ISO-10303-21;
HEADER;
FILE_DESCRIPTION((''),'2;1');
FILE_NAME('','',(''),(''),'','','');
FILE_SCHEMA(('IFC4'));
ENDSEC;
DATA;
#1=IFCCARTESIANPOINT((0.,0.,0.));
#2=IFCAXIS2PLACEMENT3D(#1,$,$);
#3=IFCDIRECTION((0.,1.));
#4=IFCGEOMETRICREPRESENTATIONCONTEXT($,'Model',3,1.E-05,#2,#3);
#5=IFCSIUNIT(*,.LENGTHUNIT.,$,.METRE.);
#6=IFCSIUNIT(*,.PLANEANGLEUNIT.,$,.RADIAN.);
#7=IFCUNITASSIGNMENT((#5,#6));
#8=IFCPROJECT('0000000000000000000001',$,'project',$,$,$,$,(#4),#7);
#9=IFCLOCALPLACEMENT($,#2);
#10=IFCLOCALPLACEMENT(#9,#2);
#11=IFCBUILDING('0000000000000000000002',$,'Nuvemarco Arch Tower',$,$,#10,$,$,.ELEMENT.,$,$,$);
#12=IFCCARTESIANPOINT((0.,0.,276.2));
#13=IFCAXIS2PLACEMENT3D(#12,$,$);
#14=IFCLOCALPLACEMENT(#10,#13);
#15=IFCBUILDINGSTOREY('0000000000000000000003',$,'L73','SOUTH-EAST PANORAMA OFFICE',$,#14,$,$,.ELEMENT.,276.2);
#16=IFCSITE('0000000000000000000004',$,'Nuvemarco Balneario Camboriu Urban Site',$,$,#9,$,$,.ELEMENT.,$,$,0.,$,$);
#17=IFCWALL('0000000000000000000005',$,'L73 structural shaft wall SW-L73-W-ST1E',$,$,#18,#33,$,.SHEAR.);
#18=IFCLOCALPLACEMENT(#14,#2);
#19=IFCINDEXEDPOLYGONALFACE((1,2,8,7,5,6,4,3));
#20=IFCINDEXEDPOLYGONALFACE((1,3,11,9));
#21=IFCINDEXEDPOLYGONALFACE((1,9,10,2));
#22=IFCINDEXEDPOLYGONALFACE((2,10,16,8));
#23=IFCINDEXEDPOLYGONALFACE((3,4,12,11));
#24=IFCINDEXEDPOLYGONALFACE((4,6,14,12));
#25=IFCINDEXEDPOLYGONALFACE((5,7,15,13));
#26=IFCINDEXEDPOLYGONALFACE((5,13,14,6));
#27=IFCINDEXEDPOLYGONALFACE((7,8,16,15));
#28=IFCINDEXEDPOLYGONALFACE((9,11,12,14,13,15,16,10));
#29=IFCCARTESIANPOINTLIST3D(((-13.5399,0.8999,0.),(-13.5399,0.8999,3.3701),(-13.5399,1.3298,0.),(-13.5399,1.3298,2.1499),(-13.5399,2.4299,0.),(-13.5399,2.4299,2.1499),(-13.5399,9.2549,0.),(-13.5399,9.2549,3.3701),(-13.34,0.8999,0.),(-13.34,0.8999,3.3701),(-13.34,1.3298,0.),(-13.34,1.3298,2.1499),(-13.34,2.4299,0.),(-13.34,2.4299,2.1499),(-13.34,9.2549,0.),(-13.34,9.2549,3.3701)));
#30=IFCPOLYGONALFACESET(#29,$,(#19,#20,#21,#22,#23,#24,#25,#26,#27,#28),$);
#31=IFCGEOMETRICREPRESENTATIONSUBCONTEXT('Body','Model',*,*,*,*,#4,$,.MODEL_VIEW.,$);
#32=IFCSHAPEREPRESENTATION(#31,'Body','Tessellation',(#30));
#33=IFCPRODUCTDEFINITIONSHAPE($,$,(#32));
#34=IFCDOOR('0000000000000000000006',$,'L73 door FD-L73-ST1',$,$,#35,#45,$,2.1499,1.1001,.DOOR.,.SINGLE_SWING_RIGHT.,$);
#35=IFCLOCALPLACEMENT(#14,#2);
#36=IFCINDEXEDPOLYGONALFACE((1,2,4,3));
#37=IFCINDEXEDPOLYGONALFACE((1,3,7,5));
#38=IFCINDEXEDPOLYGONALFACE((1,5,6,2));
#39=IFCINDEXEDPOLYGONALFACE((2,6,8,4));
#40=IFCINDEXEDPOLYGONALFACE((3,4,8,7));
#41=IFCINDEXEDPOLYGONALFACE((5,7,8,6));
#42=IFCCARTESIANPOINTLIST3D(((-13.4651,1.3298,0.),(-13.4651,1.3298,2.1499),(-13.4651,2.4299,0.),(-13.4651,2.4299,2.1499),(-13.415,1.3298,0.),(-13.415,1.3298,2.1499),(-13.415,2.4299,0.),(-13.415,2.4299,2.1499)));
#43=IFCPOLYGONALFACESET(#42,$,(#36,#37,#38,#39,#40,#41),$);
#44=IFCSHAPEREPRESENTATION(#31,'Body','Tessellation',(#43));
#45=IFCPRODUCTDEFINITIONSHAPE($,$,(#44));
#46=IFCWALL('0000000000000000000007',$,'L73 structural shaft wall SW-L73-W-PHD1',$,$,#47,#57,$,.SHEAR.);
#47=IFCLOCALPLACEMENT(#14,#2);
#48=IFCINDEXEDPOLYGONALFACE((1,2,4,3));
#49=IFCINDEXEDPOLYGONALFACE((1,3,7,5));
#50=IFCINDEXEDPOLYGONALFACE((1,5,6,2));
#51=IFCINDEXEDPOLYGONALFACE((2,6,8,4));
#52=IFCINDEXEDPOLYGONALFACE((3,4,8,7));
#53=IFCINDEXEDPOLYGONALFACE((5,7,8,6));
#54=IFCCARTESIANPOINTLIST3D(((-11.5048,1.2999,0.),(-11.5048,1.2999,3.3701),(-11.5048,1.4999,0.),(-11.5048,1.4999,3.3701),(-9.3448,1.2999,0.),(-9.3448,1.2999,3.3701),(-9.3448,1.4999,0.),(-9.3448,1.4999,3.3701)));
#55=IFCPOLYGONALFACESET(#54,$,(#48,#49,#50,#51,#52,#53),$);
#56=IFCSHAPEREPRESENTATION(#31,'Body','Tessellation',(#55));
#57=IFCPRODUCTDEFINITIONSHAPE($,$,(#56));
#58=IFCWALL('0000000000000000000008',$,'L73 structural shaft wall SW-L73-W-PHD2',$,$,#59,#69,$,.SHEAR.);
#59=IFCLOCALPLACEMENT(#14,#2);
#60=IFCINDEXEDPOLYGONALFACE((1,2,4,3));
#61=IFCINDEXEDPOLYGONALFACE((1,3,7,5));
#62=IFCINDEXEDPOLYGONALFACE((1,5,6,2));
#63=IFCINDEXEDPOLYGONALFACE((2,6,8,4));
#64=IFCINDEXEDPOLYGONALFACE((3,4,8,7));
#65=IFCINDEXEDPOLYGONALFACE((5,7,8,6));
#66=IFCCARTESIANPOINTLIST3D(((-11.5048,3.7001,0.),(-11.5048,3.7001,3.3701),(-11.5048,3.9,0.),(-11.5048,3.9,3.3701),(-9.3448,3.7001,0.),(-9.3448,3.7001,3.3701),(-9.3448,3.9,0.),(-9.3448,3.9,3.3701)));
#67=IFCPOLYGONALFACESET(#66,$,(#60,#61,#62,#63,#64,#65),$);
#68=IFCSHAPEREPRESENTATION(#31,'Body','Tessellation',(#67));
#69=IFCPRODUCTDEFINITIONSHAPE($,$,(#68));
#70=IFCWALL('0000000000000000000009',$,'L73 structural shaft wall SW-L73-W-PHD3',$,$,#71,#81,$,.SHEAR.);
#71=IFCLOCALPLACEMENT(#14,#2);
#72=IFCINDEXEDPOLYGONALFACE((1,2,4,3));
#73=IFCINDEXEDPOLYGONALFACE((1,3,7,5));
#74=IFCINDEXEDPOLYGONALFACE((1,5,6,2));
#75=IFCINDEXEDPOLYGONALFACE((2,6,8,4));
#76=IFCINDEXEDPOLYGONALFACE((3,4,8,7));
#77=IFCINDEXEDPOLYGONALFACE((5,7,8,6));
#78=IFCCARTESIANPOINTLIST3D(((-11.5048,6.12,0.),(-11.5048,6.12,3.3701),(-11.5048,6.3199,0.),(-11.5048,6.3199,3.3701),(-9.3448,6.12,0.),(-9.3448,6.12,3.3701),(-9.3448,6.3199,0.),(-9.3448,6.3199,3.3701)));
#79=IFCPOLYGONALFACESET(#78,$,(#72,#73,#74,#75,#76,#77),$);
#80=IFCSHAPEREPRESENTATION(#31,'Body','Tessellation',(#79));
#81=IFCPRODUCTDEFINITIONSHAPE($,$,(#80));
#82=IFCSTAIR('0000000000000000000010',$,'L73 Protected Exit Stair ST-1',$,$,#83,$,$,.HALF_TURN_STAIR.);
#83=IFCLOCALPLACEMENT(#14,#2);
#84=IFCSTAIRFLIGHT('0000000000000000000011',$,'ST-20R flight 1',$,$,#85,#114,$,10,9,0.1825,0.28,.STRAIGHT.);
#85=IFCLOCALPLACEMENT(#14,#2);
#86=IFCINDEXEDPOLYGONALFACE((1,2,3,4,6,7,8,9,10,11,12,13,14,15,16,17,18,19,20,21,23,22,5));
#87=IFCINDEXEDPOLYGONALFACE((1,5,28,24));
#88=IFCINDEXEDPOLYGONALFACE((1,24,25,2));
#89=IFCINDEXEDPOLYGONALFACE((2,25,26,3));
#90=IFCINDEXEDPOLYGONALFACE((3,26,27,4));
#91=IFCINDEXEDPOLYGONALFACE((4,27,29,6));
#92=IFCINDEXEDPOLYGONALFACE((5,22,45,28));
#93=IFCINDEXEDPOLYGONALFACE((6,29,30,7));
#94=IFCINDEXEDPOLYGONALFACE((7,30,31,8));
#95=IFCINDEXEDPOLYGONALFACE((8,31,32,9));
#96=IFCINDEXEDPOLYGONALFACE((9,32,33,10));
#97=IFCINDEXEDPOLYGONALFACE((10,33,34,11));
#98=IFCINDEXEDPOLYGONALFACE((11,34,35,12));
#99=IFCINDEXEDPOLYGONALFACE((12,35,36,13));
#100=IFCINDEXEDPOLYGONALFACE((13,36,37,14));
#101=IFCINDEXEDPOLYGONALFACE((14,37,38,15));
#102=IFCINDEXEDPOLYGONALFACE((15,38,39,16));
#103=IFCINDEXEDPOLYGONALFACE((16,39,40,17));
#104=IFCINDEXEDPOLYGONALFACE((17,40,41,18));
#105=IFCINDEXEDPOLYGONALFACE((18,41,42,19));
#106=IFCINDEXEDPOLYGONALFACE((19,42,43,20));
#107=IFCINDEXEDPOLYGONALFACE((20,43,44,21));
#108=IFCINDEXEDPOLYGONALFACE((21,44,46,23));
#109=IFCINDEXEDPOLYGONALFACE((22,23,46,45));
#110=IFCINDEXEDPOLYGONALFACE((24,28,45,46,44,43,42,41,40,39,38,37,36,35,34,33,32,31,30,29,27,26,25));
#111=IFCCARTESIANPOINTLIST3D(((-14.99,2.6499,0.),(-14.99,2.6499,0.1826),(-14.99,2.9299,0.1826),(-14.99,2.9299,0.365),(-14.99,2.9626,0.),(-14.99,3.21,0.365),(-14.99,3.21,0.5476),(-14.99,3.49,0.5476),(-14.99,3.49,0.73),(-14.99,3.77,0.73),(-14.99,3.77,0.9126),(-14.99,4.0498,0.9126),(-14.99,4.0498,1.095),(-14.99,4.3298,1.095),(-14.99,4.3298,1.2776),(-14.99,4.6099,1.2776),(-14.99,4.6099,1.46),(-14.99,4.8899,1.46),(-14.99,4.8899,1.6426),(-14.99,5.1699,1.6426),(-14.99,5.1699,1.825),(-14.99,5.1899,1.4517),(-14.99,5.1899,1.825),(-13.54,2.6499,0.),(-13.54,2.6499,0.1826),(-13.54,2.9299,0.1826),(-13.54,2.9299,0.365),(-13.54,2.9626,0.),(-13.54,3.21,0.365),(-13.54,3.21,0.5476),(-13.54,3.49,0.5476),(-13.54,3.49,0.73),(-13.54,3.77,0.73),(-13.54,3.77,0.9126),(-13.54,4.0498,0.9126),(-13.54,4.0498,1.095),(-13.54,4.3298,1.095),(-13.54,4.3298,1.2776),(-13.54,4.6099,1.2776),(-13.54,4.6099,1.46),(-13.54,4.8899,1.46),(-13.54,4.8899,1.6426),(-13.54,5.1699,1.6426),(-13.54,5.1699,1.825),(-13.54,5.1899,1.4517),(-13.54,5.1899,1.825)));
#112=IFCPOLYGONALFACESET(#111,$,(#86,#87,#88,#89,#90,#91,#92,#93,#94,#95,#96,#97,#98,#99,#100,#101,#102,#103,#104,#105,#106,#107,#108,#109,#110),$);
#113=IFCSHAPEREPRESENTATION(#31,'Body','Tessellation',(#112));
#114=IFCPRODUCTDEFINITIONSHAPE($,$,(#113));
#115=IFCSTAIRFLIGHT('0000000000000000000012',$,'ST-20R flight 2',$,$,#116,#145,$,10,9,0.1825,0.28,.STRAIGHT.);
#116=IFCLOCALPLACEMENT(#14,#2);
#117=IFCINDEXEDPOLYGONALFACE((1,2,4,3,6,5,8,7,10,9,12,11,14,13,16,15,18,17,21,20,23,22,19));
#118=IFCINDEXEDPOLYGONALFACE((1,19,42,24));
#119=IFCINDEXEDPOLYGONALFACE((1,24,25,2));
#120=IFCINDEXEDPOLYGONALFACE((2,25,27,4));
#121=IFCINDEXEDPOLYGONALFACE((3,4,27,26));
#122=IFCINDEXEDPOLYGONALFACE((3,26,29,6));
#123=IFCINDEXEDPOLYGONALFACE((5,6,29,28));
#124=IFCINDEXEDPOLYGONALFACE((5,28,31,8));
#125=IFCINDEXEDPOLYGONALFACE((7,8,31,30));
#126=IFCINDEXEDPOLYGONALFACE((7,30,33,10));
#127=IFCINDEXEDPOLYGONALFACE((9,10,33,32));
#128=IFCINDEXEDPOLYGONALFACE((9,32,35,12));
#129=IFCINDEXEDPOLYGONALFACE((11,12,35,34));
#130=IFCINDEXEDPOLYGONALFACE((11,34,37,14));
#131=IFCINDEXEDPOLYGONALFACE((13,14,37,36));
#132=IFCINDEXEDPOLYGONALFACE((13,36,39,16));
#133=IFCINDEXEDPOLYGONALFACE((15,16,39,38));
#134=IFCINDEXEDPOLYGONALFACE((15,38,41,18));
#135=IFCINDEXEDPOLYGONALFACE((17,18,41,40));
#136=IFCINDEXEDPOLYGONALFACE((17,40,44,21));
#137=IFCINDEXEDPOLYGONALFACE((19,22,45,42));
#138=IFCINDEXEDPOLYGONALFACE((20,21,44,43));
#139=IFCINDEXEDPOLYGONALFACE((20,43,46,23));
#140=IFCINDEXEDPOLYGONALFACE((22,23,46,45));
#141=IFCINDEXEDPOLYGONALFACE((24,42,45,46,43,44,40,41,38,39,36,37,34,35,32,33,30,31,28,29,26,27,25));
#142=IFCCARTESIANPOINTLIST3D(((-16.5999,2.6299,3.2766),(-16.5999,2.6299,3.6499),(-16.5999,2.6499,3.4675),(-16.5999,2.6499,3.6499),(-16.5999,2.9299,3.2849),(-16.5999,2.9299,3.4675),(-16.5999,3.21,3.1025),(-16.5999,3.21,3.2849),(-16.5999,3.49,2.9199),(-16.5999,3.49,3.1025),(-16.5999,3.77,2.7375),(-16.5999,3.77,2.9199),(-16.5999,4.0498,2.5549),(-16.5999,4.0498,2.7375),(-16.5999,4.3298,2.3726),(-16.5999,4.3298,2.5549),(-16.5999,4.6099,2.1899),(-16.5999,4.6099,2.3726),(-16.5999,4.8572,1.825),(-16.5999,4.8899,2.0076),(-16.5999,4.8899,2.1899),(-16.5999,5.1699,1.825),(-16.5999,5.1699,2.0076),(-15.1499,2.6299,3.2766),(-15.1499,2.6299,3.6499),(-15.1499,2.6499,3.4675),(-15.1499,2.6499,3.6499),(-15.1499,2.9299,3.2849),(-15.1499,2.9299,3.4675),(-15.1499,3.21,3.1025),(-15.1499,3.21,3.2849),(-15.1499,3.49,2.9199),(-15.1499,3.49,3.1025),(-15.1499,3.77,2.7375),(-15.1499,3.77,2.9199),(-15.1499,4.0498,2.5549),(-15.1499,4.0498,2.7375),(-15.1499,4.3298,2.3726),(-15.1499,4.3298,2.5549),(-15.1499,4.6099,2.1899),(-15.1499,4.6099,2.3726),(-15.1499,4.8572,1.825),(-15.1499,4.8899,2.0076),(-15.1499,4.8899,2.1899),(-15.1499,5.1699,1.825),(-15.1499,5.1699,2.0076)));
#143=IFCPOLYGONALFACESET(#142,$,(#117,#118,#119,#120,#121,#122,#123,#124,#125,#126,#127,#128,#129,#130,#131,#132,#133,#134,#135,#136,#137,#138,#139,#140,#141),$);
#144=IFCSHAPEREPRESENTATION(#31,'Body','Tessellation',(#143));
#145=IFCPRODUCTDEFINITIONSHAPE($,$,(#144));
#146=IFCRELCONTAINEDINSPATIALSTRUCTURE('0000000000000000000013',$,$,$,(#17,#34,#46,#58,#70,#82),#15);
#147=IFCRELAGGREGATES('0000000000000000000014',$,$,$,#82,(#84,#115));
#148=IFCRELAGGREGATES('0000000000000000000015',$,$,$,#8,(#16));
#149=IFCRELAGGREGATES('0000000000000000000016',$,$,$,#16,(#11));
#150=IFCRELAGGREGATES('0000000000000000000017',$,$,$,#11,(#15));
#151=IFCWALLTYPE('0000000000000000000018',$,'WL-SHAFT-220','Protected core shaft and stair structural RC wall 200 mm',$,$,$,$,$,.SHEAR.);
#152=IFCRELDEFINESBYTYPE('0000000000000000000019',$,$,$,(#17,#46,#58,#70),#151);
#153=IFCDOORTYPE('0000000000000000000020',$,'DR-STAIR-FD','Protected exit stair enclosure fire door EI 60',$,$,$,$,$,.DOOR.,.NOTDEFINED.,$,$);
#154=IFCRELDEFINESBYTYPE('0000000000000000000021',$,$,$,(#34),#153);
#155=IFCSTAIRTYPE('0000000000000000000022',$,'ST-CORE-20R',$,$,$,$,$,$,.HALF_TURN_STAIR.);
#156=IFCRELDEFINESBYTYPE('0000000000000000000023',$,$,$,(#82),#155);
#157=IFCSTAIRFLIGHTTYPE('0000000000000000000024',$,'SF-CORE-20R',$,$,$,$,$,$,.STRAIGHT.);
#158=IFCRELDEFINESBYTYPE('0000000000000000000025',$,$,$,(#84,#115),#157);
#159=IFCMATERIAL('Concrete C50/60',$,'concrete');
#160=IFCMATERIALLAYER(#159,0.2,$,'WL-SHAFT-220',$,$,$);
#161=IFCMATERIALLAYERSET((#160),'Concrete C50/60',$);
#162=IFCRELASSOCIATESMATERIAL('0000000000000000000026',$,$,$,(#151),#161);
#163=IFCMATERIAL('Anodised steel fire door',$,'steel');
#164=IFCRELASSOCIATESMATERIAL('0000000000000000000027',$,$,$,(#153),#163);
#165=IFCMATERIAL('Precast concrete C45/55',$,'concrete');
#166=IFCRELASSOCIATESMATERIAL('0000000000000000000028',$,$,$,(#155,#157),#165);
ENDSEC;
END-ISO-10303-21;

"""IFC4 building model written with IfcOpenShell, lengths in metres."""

from ifc_helpers import new_model, si_unit, direction, frame, frame_2d, origin, place, context, subcontext, project, spatial, polyline, rectangle, outline, extrude, source, transform, mapped, material, layer, layer_set, type_object, type_shapes, element, fill, aggregate, save


model = new_model("IFC4")

# Units and contexts
model_context = context("Model", 3, precision=1e-05, world=origin(), true_north=direction((0.0, 1.0)))
body_context = subcontext(model_context, "Body", "Model", "MODEL_VIEW")
ifc_project = project(units=[si_unit("LENGTHUNIT", "METRE"), si_unit("PLANEANGLEUNIT", "RADIAN")], contexts=[model_context])

# Site, building, storey
site_placement = place(None, origin())
site = spatial("IfcSite", under=ifc_project, at=site_placement, Name="Nuvemarco Balneario Camboriu Urban Site", CompositionType="ELEMENT", RefElevation=0.0)
building_placement = place(site_placement, origin())
building = spatial("IfcBuilding", under=site, at=building_placement, Name="Nuvemarco Arch Tower", CompositionType="ELEMENT")
storey_placement = place(building_placement, frame((0.0, 0.0, 276.2)))
storey = spatial("IfcBuildingStorey", under=building, at=storey_placement, Name="L73", Description="SOUTH-EAST PANORAMA OFFICE", CompositionType="ELEMENT", Elevation=276.2)

# Shared definitions
ifc_material_1 = material(Name="Concrete C50/60", Category="concrete")

# Wall, opening, door
ifc_layer_1 = layer(ifc_material_1, 0.2, Name="WL-SHAFT-220")
ifc_layer_set_1 = layer_set([ifc_layer_1], Name="Concrete C50/60")
wall_type_1 = type_object("IfcWallType", Name="WL-SHAFT-220", Description="Protected core shaft and stair structural RC wall 200 mm", PredefinedType="SHEAR", material=ifc_layer_set_1)
wall_1_placement = place(storey_placement, frame((-13.4399, 0.8999, 0.0), z_axis=(0.0, 0.0, 1.0), x_axis=(0.0, 1.0, 0.0)))
wall_1 = element("IfcWall", 1, at=wall_1_placement, inside=storey, type_object=wall_type_1, Name="L73 structural shaft wall SW-L73-W-ST1E", PredefinedType="SHEAR", context=body_context, shape_type="SweptSolid", body=[
    extrude(rectangle(XDim=8.355, YDim=0.2, at=frame_2d((4.1775, 0.0))), origin(), (0.0, 0.0, 1.0), 3.3701),
])
opening_1_placement = place(wall_1_placement, frame((1.53, 0.0, 0.0), z_axis=(0.0, 0.0, 1.0), x_axis=(-1.0, 0.0, 0.0)))
opening_1 = element("IfcOpeningElement", 2, at=opening_1_placement, cuts=wall_1, PredefinedType="OPENING", context=body_context, shape_type="SweptSolid", body=[
    extrude(rectangle(XDim=1.1001, YDim=2.1499, at=frame_2d((0.55, 1.075))), frame((0.0, 0.1099, 0.0), z_axis=(0.0, -1.0, 0.0), x_axis=(1.0, 0.0, 0.0)), (0.0, 0.0, 1.0), 0.22),
])
ifc_material_2 = material(Name="Anodised steel fire door", Category="steel")
door_type_1 = type_object("IfcDoorType", Name="DR-STAIR-FD", Description="Protected exit stair enclosure fire door EI 60", OperationType="NOTDEFINED", PredefinedType="DOOR", material=ifc_material_2)
shared_shape_1 = source(origin(), body_context, "Body", "SweptSolid", [
    extrude(rectangle(XDim=1.1001, YDim=2.1499, at=frame_2d((0.55, 1.075))), frame((0.0, 0.0249, 0.0), z_axis=(0.0, -1.0, 0.0), x_axis=(1.0, 0.0, 0.0)), (0.0, 0.0, 1.0), 0.05),
])
type_shapes(door_type_1, [shared_shape_1])
door_1_placement = place(opening_1_placement, origin())
door_1 = element("IfcDoor", 3, at=door_1_placement, inside=storey, type_object=door_type_1, Name="L73 door FD-L73-ST1", OperationType="SINGLE_SWING_RIGHT", OverallHeight=2.1499, OverallWidth=1.1001, PredefinedType="DOOR", context=body_context, shape_type="MappedRepresentation", body=[
    mapped(shared_shape_1, transform((0.0, 0.0, 0.0), scale=1.0)),
])
fill(opening_1, door_1)

# Walls
for number, where, z_axis, x_axis, name in (
    (4, (-11.5049, 1.3999, 0.0), (0.0, 0.0, 1.0), (1.0, 0.0, 0.0), "L73 structural shaft wall SW-L73-W-PHD1"),
    (5, (-11.5049, 3.8, 0.0), (0.0, 0.0, 1.0), (1.0, 0.0, 0.0), "L73 structural shaft wall SW-L73-W-PHD2"),
    (6, (-11.5049, 6.22, 0.0), (0.0, 0.0, 1.0), (1.0, 0.0, 0.0), "L73 structural shaft wall SW-L73-W-PHD3"),
):
    element("IfcWall", number, at=place(storey_placement, frame(where, z_axis=z_axis, x_axis=x_axis)), inside=storey, type_object=wall_type_1, Name=name, PredefinedType="SHEAR", context=body_context, shape_type="SweptSolid", body=[
        extrude(rectangle(XDim=2.1599, YDim=0.2, at=frame_2d((1.0801, 0.0))), origin(), (0.0, 0.0, 1.0), 3.3701),
    ])

# Stair, stair flights
ifc_material_3 = material(Name="Precast concrete C45/55", Category="concrete")
stair_type = type_object("IfcStairType", Name="ST-CORE-20R", PredefinedType="HALF_TURN_STAIR", material=ifc_material_3)
stair_placement = place(storey_placement, origin())
stair = element("IfcStair", 7, at=stair_placement, inside=storey, type_object=stair_type, Name="L73 Protected Exit Stair ST-1", PredefinedType="HALF_TURN_STAIR")
stair_flight_type = type_object("IfcStairFlightType", Name="SF-CORE-20R", PredefinedType="STRAIGHT", material=ifc_material_3)
stair_flight_1_placement = place(storey_placement, frame((-14.2649, 2.6499, 0.0), z_axis=(0.0, 0.0, 1.0), x_axis=(0.0, 1.0, 0.0)))
stair_flight_1 = element("IfcStairFlight", 8, at=stair_flight_1_placement, type_object=stair_flight_type, Name="ST-20R flight 1", NumberOfRisers=10, NumberOfTreads=9, PredefinedType="STRAIGHT", RiserHeight=0.1825, TreadLength=0.28, context=body_context, shape_type="SweptSolid", body=[
    extrude(outline(polyline([(0.0, 0.0), (0.0, 0.1826), (0.28, 0.1826), (0.28, 0.365), (0.5601, 0.365), (0.5601, 0.5476), (0.8401, 0.5476), (0.8401, 0.73), (1.1201, 0.73), (1.1201, 0.9126), (1.3999, 0.9126), (1.3999, 1.095), (1.6799, 1.095), (1.6799, 1.2776), (1.96, 1.2776), (1.96, 1.46), (2.24, 1.46), (2.24, 1.6426), (2.52, 1.6426), (2.52, 1.825), (2.54, 1.825), (2.54, 1.4517), (0.3127, 0.0), (0.0, 0.0)])), frame((0.0, 0.7251, 0.0), z_axis=(0.0, -1.0, 0.0), x_axis=(1.0, 0.0, 0.0)), (0.0, 0.0, 1.0), 1.45),
])
stair_flight_2_placement = place(storey_placement, frame((-15.875, 5.1699, 1.825), z_axis=(0.0, 0.0, 1.0), x_axis=(0.0, -1.0, 0.0)))
stair_flight_2 = element("IfcStairFlight", 9, at=stair_flight_2_placement, type_object=stair_flight_type, Name="ST-20R flight 2", NumberOfRisers=10, NumberOfTreads=9, PredefinedType="STRAIGHT", RiserHeight=0.1825, TreadLength=0.28, context=body_context, shape_type="SweptSolid", body=[
    extrude(outline(polyline([(0.0, 0.0), (0.0, 0.1826), (0.28, 0.1826), (0.28, 0.365), (0.5601, 0.365), (0.5601, 0.5476), (0.8401, 0.5476), (0.8401, 0.73), (1.1201, 0.73), (1.1201, 0.9126), (1.3999, 0.9126), (1.3999, 1.095), (1.6799, 1.095), (1.6799, 1.2776), (1.96, 1.2776), (1.96, 1.46), (2.24, 1.46), (2.24, 1.6426), (2.52, 1.6426), (2.52, 1.825), (2.54, 1.825), (2.54, 1.4517), (0.3127, 0.0), (0.0, 0.0)])), frame((0.0, 0.7251, 0.0), z_axis=(0.0, -1.0, 0.0), x_axis=(1.0, 0.0, 0.0)), (0.0, 0.0, 1.0), 1.45),
])
aggregate(stair, [stair_flight_1, stair_flight_2])

save(model, "model.ifc")
